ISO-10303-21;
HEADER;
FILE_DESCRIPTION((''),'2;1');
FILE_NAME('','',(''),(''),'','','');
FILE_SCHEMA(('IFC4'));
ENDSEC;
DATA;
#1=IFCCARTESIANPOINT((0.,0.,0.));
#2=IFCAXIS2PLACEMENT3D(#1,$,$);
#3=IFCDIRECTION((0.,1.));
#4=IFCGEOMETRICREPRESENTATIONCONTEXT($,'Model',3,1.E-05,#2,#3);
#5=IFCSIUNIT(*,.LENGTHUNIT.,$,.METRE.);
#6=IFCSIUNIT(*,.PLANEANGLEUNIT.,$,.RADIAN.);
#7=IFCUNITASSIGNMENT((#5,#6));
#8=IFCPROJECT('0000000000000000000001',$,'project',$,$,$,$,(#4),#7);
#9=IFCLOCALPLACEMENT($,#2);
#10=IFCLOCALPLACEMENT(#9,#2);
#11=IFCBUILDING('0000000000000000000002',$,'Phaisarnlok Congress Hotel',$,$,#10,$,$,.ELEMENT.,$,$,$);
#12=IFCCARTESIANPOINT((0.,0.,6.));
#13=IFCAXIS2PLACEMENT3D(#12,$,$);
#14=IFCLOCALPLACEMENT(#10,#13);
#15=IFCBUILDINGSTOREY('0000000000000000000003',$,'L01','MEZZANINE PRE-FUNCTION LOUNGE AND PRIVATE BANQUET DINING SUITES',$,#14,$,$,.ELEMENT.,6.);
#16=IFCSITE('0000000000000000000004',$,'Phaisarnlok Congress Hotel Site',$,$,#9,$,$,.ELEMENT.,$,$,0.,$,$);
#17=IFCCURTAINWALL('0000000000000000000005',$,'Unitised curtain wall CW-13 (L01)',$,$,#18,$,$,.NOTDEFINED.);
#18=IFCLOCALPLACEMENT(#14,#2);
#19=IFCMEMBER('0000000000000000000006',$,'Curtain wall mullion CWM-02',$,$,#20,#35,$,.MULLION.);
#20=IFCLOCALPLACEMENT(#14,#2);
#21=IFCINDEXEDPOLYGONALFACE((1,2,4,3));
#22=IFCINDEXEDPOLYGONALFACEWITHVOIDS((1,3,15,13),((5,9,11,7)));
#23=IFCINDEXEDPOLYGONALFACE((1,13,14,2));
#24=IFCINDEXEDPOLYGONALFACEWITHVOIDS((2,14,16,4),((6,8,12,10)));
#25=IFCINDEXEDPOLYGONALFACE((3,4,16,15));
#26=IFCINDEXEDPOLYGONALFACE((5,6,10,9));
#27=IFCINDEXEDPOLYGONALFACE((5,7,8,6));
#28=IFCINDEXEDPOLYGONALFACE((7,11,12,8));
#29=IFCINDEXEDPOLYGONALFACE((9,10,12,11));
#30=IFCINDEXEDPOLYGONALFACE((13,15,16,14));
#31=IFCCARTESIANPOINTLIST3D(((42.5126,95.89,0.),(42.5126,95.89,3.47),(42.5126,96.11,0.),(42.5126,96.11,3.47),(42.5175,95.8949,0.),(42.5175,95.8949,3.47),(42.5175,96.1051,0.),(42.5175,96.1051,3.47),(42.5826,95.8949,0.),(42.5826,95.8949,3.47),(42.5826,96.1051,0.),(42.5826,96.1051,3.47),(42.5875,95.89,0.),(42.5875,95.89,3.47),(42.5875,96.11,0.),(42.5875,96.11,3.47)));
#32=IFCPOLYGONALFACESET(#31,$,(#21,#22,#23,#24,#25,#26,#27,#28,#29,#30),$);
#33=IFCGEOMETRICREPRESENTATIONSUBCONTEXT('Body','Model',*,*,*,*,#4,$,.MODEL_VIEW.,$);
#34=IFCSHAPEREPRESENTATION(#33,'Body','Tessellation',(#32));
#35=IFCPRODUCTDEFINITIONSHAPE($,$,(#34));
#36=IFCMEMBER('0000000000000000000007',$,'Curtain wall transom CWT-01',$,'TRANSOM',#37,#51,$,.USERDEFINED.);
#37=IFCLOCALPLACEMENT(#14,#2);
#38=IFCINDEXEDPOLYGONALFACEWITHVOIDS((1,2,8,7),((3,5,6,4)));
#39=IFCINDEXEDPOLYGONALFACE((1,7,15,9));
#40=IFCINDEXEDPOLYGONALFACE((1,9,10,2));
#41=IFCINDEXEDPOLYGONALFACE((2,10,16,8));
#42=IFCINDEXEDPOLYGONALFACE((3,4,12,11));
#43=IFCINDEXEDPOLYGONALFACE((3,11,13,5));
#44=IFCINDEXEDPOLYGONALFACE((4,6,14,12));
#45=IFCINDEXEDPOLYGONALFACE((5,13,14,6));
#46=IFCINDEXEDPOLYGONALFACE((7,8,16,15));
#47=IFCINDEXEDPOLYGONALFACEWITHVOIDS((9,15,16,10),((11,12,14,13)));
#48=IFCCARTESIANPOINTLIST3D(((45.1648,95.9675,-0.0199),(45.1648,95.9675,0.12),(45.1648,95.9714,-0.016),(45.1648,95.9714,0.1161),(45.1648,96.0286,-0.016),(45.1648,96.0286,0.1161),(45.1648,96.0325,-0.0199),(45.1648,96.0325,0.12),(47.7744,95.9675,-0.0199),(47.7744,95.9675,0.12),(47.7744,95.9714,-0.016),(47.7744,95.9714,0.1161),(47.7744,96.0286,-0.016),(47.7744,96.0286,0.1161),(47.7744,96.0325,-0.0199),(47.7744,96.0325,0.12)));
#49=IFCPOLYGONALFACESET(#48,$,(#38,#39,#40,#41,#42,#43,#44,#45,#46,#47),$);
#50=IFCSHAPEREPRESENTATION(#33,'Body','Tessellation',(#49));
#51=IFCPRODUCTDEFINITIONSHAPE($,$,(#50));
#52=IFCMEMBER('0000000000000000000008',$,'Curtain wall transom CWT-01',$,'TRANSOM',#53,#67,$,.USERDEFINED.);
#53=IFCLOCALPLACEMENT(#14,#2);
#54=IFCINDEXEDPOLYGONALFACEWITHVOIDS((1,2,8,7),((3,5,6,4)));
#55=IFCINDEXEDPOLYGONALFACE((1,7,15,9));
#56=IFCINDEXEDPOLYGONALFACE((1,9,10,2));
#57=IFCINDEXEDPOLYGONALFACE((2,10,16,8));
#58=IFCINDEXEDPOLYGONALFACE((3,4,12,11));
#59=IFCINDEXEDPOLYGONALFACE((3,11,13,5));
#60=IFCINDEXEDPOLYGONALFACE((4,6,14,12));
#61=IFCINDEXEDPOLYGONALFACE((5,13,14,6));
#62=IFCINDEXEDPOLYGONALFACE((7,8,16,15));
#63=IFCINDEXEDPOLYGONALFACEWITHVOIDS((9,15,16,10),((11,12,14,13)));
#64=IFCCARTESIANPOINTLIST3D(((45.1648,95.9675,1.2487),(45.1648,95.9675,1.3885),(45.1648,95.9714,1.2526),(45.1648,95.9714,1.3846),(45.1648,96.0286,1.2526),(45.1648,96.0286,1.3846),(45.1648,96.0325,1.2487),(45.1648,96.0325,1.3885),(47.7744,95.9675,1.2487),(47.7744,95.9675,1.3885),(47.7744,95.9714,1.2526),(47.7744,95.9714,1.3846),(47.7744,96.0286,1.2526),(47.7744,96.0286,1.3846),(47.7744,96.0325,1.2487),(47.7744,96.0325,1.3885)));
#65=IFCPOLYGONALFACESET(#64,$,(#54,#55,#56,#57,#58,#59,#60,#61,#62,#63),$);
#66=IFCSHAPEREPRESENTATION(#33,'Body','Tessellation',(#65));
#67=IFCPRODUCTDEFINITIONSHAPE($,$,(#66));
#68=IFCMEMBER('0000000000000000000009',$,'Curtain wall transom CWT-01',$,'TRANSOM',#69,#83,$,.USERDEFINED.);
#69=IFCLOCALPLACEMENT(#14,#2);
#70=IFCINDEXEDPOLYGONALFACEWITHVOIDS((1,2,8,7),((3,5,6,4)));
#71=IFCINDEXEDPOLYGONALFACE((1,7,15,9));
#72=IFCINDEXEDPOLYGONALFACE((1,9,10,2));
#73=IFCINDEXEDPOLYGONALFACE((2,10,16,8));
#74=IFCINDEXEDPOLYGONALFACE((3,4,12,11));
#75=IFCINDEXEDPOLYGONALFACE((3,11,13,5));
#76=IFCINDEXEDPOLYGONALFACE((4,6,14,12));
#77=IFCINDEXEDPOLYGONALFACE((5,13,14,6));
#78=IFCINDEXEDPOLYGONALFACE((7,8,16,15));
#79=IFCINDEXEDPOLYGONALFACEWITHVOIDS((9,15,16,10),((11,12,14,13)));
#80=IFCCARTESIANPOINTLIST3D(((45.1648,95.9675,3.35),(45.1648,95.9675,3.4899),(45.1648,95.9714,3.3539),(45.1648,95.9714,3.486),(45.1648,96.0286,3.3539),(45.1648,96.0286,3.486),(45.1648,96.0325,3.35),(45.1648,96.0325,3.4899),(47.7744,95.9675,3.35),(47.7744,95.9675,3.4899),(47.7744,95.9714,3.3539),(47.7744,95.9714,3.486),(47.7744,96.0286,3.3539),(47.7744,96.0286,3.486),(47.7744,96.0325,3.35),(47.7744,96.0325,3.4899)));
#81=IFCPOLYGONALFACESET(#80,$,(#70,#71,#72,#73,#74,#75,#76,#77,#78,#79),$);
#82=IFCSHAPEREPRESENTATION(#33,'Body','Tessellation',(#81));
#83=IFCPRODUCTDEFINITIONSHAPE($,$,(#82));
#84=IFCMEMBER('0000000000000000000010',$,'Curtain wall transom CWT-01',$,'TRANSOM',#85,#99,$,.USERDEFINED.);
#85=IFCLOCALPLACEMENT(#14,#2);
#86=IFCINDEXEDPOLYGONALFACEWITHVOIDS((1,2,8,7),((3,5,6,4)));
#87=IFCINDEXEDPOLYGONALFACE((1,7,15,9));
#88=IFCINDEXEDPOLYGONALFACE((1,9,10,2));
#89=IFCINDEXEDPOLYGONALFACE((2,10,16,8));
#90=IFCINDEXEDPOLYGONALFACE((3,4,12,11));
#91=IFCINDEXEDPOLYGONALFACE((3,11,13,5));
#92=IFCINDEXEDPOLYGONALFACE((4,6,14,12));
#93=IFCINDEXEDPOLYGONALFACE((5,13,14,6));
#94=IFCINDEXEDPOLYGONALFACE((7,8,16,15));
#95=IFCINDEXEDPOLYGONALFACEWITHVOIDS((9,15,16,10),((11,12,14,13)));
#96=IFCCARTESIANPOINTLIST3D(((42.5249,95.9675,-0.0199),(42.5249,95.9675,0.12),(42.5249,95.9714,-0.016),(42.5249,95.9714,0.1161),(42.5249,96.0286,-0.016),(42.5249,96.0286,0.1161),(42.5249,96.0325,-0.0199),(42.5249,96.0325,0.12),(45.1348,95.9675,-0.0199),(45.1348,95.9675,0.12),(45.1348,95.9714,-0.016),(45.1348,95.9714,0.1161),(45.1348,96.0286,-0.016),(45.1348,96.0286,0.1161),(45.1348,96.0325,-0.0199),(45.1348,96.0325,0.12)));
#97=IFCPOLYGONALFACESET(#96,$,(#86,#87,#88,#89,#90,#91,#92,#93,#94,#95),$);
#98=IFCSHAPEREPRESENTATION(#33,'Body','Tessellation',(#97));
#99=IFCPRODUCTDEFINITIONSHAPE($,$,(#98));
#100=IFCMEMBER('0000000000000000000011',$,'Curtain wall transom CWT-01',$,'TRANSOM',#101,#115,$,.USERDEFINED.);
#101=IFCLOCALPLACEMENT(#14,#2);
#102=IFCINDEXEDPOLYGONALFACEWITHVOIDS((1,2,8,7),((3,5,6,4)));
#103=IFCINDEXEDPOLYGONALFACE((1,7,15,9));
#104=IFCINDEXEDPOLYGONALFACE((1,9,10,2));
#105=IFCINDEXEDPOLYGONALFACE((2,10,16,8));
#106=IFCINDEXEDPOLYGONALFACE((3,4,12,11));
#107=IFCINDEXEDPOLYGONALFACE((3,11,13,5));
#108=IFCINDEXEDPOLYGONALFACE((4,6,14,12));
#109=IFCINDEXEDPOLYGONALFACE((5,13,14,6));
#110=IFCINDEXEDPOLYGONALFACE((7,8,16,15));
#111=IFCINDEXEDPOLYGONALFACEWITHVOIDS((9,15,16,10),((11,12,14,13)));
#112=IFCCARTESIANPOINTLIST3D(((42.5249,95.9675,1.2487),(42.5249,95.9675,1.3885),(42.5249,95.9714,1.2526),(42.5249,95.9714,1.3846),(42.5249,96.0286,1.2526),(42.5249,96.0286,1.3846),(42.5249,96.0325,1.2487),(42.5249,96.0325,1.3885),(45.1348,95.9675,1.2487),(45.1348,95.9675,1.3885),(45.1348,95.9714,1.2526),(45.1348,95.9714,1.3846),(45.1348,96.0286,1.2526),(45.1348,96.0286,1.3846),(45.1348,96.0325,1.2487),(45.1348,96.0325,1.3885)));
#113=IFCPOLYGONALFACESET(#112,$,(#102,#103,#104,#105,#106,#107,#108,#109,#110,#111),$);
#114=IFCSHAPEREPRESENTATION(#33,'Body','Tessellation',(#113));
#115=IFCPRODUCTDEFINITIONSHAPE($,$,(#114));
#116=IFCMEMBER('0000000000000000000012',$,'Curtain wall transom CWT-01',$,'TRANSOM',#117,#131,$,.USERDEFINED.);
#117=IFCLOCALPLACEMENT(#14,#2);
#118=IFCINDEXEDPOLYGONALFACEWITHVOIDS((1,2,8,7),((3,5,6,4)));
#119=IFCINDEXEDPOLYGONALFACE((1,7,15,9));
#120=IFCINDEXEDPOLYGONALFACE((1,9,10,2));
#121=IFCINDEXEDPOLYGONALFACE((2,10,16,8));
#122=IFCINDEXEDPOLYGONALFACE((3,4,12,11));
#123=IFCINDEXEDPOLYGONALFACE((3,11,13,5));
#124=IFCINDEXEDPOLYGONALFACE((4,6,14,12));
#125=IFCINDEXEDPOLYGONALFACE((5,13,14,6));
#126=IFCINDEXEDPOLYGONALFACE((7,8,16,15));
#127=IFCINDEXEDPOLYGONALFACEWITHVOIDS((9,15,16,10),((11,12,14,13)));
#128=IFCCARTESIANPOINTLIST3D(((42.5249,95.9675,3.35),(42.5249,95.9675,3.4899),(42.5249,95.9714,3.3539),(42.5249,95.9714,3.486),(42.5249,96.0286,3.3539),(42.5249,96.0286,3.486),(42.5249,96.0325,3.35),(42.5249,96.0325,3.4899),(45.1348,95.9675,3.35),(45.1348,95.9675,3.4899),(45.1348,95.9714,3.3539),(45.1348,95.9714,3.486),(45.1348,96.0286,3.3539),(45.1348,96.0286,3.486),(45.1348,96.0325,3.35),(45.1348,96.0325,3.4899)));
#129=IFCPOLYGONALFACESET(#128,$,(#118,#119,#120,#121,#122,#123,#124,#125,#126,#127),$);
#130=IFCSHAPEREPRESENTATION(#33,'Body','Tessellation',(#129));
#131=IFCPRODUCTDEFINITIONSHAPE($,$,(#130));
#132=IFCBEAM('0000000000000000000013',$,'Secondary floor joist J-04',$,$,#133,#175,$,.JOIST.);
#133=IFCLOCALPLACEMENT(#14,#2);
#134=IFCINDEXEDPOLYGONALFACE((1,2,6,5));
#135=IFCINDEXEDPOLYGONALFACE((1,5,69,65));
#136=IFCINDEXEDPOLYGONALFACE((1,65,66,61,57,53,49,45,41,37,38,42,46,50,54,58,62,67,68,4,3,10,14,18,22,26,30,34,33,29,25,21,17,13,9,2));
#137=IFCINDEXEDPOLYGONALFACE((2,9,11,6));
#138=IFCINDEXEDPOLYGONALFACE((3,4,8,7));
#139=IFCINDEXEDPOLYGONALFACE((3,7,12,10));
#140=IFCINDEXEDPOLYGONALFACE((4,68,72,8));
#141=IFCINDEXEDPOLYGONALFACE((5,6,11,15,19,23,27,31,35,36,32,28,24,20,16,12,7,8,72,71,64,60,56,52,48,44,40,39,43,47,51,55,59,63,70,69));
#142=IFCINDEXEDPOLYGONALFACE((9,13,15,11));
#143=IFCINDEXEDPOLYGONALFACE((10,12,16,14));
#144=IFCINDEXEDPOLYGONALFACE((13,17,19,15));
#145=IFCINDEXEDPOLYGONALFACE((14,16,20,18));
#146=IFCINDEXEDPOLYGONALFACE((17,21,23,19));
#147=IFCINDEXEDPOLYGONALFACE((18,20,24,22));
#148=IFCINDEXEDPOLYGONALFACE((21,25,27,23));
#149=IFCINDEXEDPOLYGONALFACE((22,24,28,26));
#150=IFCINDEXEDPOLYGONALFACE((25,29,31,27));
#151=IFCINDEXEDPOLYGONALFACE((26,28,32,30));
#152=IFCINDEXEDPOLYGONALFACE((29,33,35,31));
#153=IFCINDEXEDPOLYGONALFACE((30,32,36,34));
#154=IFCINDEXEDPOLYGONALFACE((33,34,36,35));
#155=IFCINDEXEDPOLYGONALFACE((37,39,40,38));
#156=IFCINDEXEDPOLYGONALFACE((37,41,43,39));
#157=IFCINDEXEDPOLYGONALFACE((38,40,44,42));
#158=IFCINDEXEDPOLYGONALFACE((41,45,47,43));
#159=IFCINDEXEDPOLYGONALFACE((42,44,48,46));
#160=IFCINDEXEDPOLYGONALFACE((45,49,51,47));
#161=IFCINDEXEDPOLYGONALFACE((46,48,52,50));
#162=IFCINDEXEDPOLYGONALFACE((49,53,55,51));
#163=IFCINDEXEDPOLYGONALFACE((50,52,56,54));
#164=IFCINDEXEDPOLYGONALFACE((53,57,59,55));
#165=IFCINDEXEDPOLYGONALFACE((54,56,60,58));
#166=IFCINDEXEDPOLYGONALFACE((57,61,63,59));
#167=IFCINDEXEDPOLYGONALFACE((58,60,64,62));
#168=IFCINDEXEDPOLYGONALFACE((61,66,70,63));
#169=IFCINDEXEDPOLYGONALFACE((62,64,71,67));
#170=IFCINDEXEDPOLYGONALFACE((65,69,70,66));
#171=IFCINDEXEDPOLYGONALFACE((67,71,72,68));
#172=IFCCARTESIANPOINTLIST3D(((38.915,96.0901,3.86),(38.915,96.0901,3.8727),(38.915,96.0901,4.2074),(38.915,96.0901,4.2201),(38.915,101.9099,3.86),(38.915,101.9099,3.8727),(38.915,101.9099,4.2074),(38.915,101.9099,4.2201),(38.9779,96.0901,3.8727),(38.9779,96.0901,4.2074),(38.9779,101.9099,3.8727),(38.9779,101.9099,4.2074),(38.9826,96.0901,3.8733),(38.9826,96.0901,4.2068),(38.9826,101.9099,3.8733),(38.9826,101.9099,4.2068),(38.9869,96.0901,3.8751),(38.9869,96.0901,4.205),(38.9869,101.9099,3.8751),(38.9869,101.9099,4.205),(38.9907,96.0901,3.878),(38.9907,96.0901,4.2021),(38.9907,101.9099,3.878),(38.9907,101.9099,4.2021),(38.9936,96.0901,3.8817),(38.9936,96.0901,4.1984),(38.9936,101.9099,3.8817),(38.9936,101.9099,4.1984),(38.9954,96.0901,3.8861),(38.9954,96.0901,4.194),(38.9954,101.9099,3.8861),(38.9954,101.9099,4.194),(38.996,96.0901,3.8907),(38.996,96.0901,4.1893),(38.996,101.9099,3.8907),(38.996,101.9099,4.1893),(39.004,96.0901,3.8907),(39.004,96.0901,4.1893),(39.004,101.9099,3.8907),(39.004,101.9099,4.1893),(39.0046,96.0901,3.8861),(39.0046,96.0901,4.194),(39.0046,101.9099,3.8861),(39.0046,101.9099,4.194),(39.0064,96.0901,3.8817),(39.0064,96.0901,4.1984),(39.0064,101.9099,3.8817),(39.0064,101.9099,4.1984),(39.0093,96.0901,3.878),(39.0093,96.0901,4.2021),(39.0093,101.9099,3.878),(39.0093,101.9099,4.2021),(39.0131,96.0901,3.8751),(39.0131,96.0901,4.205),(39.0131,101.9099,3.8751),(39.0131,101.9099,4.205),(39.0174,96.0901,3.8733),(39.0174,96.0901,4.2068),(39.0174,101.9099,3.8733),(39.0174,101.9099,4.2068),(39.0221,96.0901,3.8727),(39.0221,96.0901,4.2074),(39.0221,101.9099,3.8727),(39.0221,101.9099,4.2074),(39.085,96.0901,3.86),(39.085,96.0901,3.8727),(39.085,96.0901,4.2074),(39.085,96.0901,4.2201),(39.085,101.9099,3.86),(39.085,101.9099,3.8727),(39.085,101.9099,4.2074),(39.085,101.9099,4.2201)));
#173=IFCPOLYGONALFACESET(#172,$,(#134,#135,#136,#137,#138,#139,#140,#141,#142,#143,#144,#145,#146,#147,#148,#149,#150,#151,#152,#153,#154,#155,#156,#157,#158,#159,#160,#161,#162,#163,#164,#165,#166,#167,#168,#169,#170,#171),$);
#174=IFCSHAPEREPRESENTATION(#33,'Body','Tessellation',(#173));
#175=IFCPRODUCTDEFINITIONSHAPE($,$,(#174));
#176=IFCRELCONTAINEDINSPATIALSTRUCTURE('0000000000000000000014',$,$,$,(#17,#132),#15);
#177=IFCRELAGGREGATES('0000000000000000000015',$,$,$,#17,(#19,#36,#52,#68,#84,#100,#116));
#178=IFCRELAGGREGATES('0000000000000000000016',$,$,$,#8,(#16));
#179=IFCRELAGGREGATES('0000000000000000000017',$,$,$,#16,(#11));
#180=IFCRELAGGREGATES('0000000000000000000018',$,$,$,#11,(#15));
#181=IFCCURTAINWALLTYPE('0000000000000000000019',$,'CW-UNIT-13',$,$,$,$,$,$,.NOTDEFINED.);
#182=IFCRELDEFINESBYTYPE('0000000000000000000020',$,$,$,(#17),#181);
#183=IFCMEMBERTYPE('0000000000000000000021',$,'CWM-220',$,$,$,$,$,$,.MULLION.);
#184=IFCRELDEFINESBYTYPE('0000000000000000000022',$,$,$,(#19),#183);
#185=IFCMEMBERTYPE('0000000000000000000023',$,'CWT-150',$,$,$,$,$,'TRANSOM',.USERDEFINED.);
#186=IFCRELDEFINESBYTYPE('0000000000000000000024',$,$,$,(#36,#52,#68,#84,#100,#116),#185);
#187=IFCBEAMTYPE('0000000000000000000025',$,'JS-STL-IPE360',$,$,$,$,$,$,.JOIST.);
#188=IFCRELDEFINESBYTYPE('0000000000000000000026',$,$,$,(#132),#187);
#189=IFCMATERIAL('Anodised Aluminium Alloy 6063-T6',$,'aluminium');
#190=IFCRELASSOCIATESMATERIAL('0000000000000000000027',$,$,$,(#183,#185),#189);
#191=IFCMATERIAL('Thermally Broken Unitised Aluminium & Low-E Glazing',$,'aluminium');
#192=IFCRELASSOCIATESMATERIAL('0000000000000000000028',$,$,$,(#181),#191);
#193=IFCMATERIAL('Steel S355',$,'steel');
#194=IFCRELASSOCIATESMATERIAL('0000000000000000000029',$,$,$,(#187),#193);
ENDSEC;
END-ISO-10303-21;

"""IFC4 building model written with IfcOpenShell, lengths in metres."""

from ifc_helpers import new_model, si_unit, direction, frame, origin, origin_2d, place, context, subcontext, project, spatial, hollow_rectangle, i_section, extrude, material, material_profile, profile_set, type_object, element, aggregate, save


model = new_model("IFC4")

# Units and contexts
model_context = context("Model", 3, precision=1e-05, world=origin(), true_north=direction((0.0, 1.0)))
body_context = subcontext(model_context, "Body", "Model", "MODEL_VIEW")
ifc_project = project(units=[si_unit("LENGTHUNIT", "METRE"), si_unit("PLANEANGLEUNIT", "RADIAN")], contexts=[model_context])

# Site, building, storey
site_placement = place(None, origin())
site = spatial("IfcSite", under=ifc_project, at=site_placement, Name="Phaisarnlok Congress Hotel Site", CompositionType="ELEMENT", RefElevation=0.0)
building_placement = place(site_placement, origin())
building = spatial("IfcBuilding", under=site, at=building_placement, Name="Phaisarnlok Congress Hotel", CompositionType="ELEMENT")
storey_placement = place(building_placement, frame((0.0, 0.0, 6.0)))
storey = spatial("IfcBuildingStorey", under=building, at=storey_placement, Name="L01", Description="MEZZANINE PRE-FUNCTION LOUNGE AND PRIVATE BANQUET DINING SUITES", CompositionType="ELEMENT", Elevation=6.0)

# Shared definitions
ifc_material_1 = material(Name="Steel S355", Category="steel")

# Shared definitions
ifc_material_2 = material(Name="Thermally Broken Unitised Aluminium & Low-E Glazing", Category="aluminium")
ifc_material_3 = material(Name="Anodised Aluminium Alloy 6063-T6", Category="aluminium")
ifc_material_profile_1 = material_profile(ifc_material_3, hollow_rectangle(XDim=0.075, YDim=0.22, WallThickness=0.0049, at=origin_2d()), Name="ALU-M 75x220x5")
ifc_profile_set_1 = profile_set([ifc_material_profile_1], Name="Anodised Aluminium Alloy 6063-T6")
member_type_1 = type_object("IfcMemberType", Name="CWM-220", PredefinedType="MULLION", material=ifc_profile_set_1)

# Curtain wall, members
curtain_wall_type_1 = type_object("IfcCurtainWallType", Name="CW-UNIT-13", PredefinedType="NOTDEFINED", material=ifc_material_2)
curtain_wall_1_placement = place(storey_placement, origin())
curtain_wall_1 = element("IfcCurtainWall", 1, at=curtain_wall_1_placement, inside=storey, type_object=curtain_wall_type_1, Name="Unitised curtain wall CW-13 (L01)", PredefinedType="NOTDEFINED")
member_1_placement = place(storey_placement, frame((42.55, 96.0, 0.0), z_axis=(0.0, 0.0, 1.0), x_axis=(-1.0, 0.0, 0.0)))
member_1 = element("IfcMember", 2, at=member_1_placement, type_object=member_type_1, Name="Curtain wall mullion CWM-02", PredefinedType="MULLION", context=body_context, shape_type="SweptSolid", body=[
    extrude(hollow_rectangle(XDim=0.075, YDim=0.22, WallThickness=0.0049, at=origin_2d()), origin(), (0.0, 0.0, 1.0), 3.47),
])
ifc_material_profile_2 = material_profile(ifc_material_3, hollow_rectangle(XDim=0.0649, YDim=0.1399, WallThickness=0.0039, at=origin_2d()), Name="ALU-T 65x140x4")
ifc_profile_set_2 = profile_set([ifc_material_profile_2], Name="Anodised Aluminium Alloy 6063-T6")
member_type_2 = type_object("IfcMemberType", Name="CWT-150", ElementType="TRANSOM", PredefinedType="USERDEFINED", material=ifc_profile_set_2)
member_2_placement = place(storey_placement, frame((47.7744, 96.0, 0.05), z_axis=(-1.0, 0.0, 0.0), x_axis=(0.0, -1.0, 0.0)))
member_2 = element("IfcMember", 3, at=member_2_placement, type_object=member_type_2, Name="Curtain wall transom CWT-01", ObjectType="TRANSOM", PredefinedType="USERDEFINED", context=body_context, shape_type="SweptSolid", body=[
    extrude(hollow_rectangle(XDim=0.0649, YDim=0.1399, WallThickness=0.0039, at=origin_2d()), origin(), (0.0, 0.0, 1.0), 2.6096),
])
member_3_placement = place(storey_placement, frame((47.7744, 96.0, 1.3186), z_axis=(-1.0, 0.0, 0.0), x_axis=(0.0, -1.0, 0.0)))
member_3 = element("IfcMember", 4, at=member_3_placement, type_object=member_type_2, Name="Curtain wall transom CWT-01", ObjectType="TRANSOM", PredefinedType="USERDEFINED", context=body_context, shape_type="SweptSolid", body=[
    extrude(hollow_rectangle(XDim=0.0649, YDim=0.1399, WallThickness=0.0039, at=origin_2d()), origin(), (0.0, 0.0, 1.0), 2.6096),
])
member_4_placement = place(storey_placement, frame((47.7744, 96.0, 3.4199), z_axis=(-1.0, 0.0, 0.0), x_axis=(0.0, -1.0, 0.0)))
member_4 = element("IfcMember", 5, at=member_4_placement, type_object=member_type_2, Name="Curtain wall transom CWT-01", ObjectType="TRANSOM", PredefinedType="USERDEFINED", context=body_context, shape_type="SweptSolid", body=[
    extrude(hollow_rectangle(XDim=0.0649, YDim=0.1399, WallThickness=0.0039, at=origin_2d()), origin(), (0.0, 0.0, 1.0), 2.6096),
])
member_5_placement = place(storey_placement, frame((45.1348, 96.0, 0.05), z_axis=(-1.0, 0.0, 0.0), x_axis=(0.0, -1.0, 0.0)))
member_5 = element("IfcMember", 6, at=member_5_placement, type_object=member_type_2, Name="Curtain wall transom CWT-01", ObjectType="TRANSOM", PredefinedType="USERDEFINED", context=body_context, shape_type="SweptSolid", body=[
    extrude(hollow_rectangle(XDim=0.0649, YDim=0.1399, WallThickness=0.0039, at=origin_2d()), origin(), (0.0, 0.0, 1.0), 2.6099),
])
member_6_placement = place(storey_placement, frame((45.1348, 96.0, 1.3186), z_axis=(-1.0, 0.0, 0.0), x_axis=(0.0, -1.0, 0.0)))
member_6 = element("IfcMember", 7, at=member_6_placement, type_object=member_type_2, Name="Curtain wall transom CWT-01", ObjectType="TRANSOM", PredefinedType="USERDEFINED", context=body_context, shape_type="SweptSolid", body=[
    extrude(hollow_rectangle(XDim=0.0649, YDim=0.1399, WallThickness=0.0039, at=origin_2d()), origin(), (0.0, 0.0, 1.0), 2.6099),
])
member_7_placement = place(storey_placement, frame((45.1348, 96.0, 3.4199), z_axis=(-1.0, 0.0, 0.0), x_axis=(0.0, -1.0, 0.0)))
member_7 = element("IfcMember", 8, at=member_7_placement, type_object=member_type_2, Name="Curtain wall transom CWT-01", ObjectType="TRANSOM", PredefinedType="USERDEFINED", context=body_context, shape_type="SweptSolid", body=[
    extrude(hollow_rectangle(XDim=0.0649, YDim=0.1399, WallThickness=0.0039, at=origin_2d()), origin(), (0.0, 0.0, 1.0), 2.6099),
])

# Beam
ifc_material_profile_3 = material_profile(ifc_material_1, i_section(OverallWidth=0.1699, OverallDepth=0.3601, WebThickness=0.0081, FlangeThickness=0.0127, FilletRadius=0.0181, at=origin_2d()), Name="IPE 360")
ifc_profile_set_3 = profile_set([ifc_material_profile_3], Name="Steel S355")
beam_type_1 = type_object("IfcBeamType", Name="JS-STL-IPE360", PredefinedType="JOIST", material=ifc_profile_set_3)
for number, where, z_axis, x_axis, name in (
    (9, (39.0, 96.0901, 4.04), (0.0, 1.0, 0.0), (-1.0, 0.0, 0.0), "Secondary floor joist J-04"),
):
    element("IfcBeam", number, at=place(storey_placement, frame(where, z_axis=z_axis, x_axis=x_axis)), inside=storey, type_object=beam_type_1, Name=name, PredefinedType="JOIST", context=body_context, shape_type="SweptSolid", body=[
        extrude(i_section(OverallWidth=0.1699, OverallDepth=0.3601, WebThickness=0.0081, FlangeThickness=0.0127, FilletRadius=0.0181, at=origin_2d()), origin(), (0.0, 0.0, 1.0), 5.8198),
    ])

aggregate(curtain_wall_1, [member_1, member_2, member_3, member_4, member_5, member_6, member_7])

save(model, "model.ifc")
